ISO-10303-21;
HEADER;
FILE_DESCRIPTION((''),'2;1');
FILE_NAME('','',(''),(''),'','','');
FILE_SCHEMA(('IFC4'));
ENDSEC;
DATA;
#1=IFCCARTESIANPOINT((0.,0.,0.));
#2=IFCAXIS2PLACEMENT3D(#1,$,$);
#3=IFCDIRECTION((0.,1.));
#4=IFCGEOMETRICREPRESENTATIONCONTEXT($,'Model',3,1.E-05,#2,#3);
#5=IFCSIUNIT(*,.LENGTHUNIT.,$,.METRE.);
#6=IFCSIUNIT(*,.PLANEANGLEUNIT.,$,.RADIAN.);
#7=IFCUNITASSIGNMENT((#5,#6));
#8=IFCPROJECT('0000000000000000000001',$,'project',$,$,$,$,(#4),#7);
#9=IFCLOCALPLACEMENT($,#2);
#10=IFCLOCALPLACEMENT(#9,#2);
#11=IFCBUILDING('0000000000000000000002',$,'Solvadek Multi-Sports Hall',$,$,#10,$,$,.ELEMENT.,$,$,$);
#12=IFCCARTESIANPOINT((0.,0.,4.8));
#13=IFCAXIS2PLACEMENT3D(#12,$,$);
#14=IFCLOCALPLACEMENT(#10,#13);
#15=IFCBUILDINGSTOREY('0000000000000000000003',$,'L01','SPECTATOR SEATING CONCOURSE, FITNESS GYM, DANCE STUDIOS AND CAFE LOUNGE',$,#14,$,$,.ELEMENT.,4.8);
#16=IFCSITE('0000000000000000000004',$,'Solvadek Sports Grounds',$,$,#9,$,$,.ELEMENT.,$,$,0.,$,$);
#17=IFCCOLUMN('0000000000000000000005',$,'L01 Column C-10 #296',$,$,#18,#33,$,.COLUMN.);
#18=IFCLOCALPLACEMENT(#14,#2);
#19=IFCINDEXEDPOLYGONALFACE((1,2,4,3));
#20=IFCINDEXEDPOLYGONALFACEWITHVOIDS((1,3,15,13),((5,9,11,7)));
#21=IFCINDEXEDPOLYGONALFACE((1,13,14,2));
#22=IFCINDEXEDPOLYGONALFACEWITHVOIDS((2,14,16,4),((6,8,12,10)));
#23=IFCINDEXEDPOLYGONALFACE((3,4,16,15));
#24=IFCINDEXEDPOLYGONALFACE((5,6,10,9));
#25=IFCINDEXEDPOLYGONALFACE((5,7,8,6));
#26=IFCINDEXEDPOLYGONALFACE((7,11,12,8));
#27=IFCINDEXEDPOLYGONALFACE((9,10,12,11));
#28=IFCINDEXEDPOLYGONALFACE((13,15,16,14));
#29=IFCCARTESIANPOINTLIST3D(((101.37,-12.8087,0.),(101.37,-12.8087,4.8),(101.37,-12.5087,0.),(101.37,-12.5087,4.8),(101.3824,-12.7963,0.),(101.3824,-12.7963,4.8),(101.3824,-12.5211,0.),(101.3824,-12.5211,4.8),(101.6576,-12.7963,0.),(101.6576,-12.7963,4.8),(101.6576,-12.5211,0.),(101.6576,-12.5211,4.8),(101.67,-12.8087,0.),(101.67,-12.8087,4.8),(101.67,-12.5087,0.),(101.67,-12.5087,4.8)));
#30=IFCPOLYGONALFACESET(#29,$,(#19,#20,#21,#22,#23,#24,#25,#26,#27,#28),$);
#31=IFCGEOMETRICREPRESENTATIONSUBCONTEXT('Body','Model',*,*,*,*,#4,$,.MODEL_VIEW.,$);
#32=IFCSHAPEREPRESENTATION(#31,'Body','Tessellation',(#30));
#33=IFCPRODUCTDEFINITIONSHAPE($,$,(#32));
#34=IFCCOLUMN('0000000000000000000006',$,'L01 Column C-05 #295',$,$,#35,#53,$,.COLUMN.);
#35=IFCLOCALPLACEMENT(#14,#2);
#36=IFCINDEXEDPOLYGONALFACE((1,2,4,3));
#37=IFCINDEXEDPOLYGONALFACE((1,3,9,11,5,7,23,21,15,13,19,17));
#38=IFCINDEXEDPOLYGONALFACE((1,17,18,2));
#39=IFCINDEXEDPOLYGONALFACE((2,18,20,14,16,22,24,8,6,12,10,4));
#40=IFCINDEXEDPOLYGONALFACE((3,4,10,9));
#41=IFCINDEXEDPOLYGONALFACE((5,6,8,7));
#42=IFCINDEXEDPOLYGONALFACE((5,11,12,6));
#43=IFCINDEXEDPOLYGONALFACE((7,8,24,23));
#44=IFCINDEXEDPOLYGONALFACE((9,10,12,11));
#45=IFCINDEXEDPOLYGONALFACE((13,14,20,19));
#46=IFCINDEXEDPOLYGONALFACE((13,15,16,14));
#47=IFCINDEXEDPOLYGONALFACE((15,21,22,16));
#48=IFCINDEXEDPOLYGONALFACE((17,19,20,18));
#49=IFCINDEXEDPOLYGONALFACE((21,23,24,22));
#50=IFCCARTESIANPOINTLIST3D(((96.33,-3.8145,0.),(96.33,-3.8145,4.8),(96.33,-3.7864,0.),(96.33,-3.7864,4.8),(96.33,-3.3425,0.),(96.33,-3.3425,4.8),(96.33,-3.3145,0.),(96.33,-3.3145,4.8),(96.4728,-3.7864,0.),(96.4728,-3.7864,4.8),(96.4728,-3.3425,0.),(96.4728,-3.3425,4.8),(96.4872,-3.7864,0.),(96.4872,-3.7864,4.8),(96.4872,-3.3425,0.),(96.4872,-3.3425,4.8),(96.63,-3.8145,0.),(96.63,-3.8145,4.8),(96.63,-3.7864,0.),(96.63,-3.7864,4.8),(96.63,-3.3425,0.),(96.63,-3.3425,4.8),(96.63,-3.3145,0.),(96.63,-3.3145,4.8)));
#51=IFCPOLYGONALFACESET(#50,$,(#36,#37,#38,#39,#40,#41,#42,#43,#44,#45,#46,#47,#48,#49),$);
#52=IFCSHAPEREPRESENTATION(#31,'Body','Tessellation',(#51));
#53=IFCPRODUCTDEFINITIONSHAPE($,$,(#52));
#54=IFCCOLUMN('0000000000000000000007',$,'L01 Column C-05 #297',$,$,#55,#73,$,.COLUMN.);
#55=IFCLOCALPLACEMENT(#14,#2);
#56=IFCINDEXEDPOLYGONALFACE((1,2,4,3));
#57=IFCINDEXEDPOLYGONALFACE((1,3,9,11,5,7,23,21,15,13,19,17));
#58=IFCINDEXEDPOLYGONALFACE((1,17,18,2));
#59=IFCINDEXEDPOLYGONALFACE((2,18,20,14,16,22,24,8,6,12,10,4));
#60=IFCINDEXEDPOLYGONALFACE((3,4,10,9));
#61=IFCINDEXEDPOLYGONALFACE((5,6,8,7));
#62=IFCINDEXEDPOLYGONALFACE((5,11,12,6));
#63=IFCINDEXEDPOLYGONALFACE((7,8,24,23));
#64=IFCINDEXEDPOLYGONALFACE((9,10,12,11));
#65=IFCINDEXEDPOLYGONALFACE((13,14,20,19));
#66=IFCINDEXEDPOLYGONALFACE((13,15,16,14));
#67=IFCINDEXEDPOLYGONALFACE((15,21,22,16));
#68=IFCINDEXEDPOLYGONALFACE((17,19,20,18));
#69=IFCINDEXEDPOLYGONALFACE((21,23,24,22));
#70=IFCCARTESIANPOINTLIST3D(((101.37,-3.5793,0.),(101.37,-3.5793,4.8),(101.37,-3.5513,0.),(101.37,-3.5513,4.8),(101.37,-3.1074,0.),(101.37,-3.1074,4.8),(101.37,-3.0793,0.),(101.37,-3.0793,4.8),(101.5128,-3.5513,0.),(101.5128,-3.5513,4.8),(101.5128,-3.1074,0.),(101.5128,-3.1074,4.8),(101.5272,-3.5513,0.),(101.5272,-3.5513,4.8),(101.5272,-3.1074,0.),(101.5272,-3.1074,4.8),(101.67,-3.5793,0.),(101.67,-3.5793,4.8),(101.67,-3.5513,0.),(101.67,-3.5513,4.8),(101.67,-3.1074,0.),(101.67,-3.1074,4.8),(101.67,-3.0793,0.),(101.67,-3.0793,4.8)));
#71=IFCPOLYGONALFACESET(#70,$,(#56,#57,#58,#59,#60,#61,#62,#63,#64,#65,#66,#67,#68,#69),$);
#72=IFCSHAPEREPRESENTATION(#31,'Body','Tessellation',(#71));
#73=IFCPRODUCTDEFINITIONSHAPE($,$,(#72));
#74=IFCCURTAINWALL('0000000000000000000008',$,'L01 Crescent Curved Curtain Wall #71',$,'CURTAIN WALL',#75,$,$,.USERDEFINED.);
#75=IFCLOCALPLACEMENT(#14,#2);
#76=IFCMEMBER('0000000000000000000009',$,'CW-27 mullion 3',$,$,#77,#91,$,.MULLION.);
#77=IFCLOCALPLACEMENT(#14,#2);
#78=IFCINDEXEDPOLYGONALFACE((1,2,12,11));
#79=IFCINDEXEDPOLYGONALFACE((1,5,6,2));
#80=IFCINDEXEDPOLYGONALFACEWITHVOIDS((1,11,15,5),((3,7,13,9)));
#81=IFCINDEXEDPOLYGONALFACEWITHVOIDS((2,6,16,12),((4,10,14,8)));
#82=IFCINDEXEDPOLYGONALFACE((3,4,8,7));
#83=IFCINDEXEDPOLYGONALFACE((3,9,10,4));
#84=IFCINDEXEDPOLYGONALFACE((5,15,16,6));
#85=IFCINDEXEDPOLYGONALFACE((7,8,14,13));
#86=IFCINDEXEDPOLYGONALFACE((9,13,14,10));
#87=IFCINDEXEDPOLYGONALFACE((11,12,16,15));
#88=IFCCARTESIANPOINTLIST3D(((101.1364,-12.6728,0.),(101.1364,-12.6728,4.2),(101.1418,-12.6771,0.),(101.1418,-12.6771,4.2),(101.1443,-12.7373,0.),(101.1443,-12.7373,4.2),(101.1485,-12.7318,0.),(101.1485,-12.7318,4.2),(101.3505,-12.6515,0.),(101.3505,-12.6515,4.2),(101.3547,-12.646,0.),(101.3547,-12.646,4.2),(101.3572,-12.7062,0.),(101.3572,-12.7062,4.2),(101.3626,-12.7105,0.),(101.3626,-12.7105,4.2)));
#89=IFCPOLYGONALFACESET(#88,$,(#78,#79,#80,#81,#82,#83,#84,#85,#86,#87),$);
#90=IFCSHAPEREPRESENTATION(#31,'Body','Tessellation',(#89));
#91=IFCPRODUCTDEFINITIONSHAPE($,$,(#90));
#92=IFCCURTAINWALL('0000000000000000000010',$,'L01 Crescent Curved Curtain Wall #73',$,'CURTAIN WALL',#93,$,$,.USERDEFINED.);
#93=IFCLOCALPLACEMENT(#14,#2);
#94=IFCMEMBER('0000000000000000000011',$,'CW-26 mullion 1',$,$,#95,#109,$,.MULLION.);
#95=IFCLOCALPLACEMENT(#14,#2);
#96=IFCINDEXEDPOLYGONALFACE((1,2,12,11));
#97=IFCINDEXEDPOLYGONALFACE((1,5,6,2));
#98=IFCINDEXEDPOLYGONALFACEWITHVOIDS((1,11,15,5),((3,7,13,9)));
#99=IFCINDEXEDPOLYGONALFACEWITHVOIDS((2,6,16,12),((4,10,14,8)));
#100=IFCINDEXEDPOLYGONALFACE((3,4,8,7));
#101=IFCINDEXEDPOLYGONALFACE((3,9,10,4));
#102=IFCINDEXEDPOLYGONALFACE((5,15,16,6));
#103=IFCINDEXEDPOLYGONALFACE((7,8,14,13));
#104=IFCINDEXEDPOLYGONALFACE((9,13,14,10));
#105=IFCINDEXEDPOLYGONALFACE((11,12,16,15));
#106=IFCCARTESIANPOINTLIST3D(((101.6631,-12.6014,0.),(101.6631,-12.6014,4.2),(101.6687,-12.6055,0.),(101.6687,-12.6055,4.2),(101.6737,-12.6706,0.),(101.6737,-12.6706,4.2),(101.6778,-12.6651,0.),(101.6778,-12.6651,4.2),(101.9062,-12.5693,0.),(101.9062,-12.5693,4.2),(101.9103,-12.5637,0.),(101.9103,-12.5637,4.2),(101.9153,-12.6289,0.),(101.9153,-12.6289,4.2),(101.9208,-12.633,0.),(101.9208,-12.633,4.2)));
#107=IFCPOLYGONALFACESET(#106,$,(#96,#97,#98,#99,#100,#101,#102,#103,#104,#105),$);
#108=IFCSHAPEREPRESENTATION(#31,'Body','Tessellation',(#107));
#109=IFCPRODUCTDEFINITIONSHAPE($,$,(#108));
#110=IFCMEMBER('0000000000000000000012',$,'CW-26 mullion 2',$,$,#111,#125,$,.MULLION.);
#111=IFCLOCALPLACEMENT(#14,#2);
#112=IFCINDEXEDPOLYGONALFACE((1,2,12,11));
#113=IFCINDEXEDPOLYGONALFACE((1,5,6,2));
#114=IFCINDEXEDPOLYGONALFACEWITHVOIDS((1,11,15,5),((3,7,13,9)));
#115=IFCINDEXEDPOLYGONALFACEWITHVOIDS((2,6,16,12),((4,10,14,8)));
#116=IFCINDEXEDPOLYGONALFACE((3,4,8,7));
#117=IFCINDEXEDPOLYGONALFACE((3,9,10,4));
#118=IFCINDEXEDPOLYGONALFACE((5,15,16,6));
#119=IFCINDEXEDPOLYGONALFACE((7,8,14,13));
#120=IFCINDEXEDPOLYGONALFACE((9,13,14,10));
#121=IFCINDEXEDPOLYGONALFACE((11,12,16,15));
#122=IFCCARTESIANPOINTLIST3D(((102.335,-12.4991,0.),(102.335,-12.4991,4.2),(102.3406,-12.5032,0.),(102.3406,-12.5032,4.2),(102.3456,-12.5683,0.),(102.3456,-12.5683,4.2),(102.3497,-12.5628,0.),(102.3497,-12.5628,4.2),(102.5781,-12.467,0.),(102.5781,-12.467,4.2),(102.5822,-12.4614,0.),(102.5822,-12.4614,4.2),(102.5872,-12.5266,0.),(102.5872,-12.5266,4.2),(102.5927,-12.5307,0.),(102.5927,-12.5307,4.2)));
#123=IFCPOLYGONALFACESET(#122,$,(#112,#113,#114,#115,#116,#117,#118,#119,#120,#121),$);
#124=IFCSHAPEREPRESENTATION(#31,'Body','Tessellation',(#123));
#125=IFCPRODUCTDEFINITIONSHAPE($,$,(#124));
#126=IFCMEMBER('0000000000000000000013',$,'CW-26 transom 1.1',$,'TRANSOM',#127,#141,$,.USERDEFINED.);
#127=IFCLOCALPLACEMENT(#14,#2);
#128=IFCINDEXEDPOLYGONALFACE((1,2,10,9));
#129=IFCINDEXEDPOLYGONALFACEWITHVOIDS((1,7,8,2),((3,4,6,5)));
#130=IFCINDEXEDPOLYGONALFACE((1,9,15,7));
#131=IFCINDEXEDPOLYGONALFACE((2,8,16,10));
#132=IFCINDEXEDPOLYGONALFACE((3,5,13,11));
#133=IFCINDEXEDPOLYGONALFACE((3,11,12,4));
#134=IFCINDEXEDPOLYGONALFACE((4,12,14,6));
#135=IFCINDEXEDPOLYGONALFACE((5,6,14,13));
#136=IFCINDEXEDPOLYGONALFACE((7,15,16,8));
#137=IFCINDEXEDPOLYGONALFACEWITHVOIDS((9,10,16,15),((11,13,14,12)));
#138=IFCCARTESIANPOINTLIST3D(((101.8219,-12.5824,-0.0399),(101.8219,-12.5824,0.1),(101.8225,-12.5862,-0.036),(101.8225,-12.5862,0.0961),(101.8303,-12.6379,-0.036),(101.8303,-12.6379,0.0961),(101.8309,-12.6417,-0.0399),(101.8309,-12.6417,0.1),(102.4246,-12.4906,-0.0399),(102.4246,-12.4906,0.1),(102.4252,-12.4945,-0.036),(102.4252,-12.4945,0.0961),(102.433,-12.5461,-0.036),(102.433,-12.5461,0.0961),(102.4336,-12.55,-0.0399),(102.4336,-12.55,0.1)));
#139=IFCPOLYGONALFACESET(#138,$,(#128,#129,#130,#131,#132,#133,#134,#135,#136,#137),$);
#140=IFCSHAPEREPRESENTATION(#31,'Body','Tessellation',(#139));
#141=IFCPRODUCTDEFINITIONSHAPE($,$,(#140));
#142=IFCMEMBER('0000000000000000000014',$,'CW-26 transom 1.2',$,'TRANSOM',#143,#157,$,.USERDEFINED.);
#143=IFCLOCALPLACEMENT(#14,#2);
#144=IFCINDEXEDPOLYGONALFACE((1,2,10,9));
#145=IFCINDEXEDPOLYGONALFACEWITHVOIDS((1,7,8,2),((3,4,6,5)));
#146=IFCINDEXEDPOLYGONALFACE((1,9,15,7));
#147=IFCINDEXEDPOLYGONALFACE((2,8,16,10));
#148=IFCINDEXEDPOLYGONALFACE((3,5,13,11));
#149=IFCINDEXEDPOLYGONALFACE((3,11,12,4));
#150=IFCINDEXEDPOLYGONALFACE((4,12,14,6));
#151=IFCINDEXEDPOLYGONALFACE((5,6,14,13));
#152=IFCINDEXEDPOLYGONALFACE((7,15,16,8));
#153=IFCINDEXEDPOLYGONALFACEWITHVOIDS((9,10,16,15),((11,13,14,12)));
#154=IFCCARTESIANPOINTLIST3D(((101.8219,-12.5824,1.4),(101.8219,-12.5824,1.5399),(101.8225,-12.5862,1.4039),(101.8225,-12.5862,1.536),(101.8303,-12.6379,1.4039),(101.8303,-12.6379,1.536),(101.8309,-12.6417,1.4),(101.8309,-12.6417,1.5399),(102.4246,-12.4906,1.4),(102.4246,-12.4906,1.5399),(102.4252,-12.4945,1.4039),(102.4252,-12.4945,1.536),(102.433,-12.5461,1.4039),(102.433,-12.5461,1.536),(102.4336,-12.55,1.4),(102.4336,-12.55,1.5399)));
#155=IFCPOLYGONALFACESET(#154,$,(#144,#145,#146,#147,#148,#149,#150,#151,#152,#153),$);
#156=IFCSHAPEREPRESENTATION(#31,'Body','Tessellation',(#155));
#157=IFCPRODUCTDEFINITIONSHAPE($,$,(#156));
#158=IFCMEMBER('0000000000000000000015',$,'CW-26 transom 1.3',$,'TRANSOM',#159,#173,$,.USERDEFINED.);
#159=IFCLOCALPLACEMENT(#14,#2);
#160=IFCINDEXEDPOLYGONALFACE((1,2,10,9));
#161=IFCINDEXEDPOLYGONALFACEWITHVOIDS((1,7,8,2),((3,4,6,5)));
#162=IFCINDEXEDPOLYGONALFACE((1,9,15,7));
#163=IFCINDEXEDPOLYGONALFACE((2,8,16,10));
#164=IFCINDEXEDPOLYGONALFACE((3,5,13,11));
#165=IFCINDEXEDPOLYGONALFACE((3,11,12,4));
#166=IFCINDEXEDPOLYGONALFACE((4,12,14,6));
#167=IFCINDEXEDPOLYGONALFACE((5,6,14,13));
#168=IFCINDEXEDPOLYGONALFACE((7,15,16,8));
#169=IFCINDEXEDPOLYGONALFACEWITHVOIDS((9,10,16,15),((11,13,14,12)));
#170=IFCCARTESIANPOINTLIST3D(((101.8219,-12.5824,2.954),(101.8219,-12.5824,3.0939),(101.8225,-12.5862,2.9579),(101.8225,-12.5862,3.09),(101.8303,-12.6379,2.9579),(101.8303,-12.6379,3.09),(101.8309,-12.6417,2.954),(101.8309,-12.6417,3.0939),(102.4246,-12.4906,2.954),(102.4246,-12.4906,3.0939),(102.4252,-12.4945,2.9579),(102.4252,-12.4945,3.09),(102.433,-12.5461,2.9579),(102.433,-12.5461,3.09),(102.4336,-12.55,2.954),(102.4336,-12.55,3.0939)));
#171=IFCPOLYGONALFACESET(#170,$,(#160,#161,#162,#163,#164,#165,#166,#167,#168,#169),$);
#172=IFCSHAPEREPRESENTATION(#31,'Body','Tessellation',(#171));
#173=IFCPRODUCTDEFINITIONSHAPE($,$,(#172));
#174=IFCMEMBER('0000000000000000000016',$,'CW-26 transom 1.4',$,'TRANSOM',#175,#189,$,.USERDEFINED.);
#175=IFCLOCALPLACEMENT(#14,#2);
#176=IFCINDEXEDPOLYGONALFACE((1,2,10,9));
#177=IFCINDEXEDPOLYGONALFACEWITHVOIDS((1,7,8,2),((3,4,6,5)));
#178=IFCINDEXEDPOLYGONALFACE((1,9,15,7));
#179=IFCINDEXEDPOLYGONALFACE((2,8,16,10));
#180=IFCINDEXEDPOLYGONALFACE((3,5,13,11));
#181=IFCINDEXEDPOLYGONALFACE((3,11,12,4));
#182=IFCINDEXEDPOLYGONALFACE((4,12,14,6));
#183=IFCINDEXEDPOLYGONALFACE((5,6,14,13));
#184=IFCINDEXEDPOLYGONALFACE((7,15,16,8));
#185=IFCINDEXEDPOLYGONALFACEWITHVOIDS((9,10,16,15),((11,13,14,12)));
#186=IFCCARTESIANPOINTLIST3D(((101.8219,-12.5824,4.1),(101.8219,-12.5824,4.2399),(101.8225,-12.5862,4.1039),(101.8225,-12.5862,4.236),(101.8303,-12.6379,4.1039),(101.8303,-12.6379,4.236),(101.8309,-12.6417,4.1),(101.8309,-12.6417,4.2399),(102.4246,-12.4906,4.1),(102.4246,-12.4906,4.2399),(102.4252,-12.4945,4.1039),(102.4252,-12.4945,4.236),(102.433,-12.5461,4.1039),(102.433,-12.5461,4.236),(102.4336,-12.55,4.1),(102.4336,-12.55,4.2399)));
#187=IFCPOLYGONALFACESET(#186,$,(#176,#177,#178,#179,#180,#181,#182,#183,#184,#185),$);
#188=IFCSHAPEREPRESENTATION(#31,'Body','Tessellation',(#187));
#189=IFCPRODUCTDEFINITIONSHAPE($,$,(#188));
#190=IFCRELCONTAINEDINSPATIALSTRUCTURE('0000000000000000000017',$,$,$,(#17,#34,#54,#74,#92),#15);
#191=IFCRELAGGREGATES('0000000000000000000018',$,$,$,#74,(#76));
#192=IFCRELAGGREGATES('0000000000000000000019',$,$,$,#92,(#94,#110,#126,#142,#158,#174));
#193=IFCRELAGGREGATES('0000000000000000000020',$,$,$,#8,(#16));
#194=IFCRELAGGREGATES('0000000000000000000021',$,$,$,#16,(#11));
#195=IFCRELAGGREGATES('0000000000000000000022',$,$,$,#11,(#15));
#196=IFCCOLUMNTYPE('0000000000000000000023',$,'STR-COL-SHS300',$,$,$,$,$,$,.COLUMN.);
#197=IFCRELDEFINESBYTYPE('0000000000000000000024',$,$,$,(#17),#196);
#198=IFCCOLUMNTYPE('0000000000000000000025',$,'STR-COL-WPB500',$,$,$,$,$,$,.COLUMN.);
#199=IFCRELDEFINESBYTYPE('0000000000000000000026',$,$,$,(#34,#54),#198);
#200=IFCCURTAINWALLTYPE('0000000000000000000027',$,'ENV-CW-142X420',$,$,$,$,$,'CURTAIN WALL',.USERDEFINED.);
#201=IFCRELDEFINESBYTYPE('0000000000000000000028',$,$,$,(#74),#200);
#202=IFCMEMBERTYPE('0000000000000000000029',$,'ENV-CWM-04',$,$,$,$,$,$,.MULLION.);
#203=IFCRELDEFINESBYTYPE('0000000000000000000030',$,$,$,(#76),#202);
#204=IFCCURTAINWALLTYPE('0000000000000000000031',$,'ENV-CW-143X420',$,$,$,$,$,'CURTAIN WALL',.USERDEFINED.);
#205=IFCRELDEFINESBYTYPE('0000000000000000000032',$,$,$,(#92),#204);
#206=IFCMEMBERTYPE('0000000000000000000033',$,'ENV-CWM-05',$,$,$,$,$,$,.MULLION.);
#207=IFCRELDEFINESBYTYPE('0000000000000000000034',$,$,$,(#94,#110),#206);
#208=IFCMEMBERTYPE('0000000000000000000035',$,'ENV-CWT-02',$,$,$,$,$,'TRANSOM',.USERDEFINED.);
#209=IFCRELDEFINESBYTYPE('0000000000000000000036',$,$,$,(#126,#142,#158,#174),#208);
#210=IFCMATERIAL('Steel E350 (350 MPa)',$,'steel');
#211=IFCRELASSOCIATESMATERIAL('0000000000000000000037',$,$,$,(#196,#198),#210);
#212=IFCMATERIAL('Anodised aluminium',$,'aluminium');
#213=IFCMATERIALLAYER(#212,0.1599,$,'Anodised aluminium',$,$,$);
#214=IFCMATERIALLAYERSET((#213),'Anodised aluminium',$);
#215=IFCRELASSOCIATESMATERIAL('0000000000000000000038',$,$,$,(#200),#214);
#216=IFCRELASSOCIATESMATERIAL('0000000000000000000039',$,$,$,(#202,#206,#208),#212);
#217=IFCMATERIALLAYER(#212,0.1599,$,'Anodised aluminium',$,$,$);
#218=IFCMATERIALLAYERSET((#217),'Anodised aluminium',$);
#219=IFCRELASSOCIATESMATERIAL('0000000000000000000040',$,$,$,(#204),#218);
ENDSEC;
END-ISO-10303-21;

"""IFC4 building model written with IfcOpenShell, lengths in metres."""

from ifc_helpers import new_model, si_unit, direction, frame, origin, origin_2d, place, context, subcontext, project, spatial, hollow_rectangle, i_section, extrude, material, layer, layer_set, material_profile, profile_set, type_object, element, aggregate, save


model = new_model("IFC4")

# Units and contexts
model_context = context("Model", 3, precision=1e-05, world=origin(), true_north=direction((0.0, 1.0)))
body_context = subcontext(model_context, "Body", "Model", "MODEL_VIEW")
ifc_project = project(units=[si_unit("LENGTHUNIT", "METRE"), si_unit("PLANEANGLEUNIT", "RADIAN")], contexts=[model_context])

# Site, building, storey
site_placement = place(None, origin())
site = spatial("IfcSite", under=ifc_project, at=site_placement, Name="Solvadek Sports Grounds", CompositionType="ELEMENT", RefElevation=0.0)
building_placement = place(site_placement, origin())
building = spatial("IfcBuilding", under=site, at=building_placement, Name="Solvadek Multi-Sports Hall", CompositionType="ELEMENT")
storey_placement = place(building_placement, frame((0.0, 0.0, 4.8)))
storey = spatial("IfcBuildingStorey", under=building, at=storey_placement, Name="L01", Description="SPECTATOR SEATING CONCOURSE, FITNESS GYM, DANCE STUDIOS AND CAFE LOUNGE", CompositionType="ELEMENT", Elevation=4.8)

# Columns
ifc_material_1 = material(Name="Steel E350 (350 MPa)", Category="steel")
ifc_material_profile_1 = material_profile(ifc_material_1, hollow_rectangle(XDim=0.3, YDim=0.3, WallThickness=0.0125, at=origin_2d()), Name="SHS 300x300x12.5")
ifc_profile_set_1 = profile_set([ifc_material_profile_1], Name="Steel E350 (350 MPa)")
column_type_1 = type_object("IfcColumnType", Name="STR-COL-SHS300", PredefinedType="COLUMN", material=ifc_profile_set_1)
column_placement = place(storey_placement, frame((101.52, -12.6587, 0.0), z_axis=(0.0, 0.0, 1.0), x_axis=(1.0, 0.0, 0.0)))
element("IfcColumn", 1, at=column_placement, inside=storey, type_object=column_type_1, Name="L01 Column C-10 #296", PredefinedType="COLUMN", context=body_context, shape_type="SweptSolid", body=[
    extrude(hollow_rectangle(XDim=0.3, YDim=0.3, WallThickness=0.0125, at=origin_2d()), origin(), (0.0, 0.0, 1.0), 4.8),
])
ifc_material_profile_2 = material_profile(ifc_material_1, i_section(OverallWidth=0.3, OverallDepth=0.5, WebThickness=0.0144, FlangeThickness=0.0281, at=origin_2d()), Name="WPB 500")
ifc_profile_set_2 = profile_set([ifc_material_profile_2], Name="Steel E350 (350 MPa)")
column_type_2 = type_object("IfcColumnType", Name="STR-COL-WPB500", PredefinedType="COLUMN", material=ifc_profile_set_2)
for number, where, z_axis, x_axis, name in (
    (2, (96.48, -3.5645, 0.0), (0.0, 0.0, 1.0), (1.0, 0.0, 0.0), "L01 Column C-05 #295"),
    (3, (101.52, -3.3293, 0.0), (0.0, 0.0, 1.0), (1.0, 0.0, 0.0), "L01 Column C-05 #297"),
):
    element("IfcColumn", number, at=place(storey_placement, frame(where, z_axis=z_axis, x_axis=x_axis)), inside=storey, type_object=column_type_2, Name=name, PredefinedType="COLUMN", context=body_context, shape_type="SweptSolid", body=[
        extrude(i_section(OverallWidth=0.3, OverallDepth=0.5, WebThickness=0.0144, FlangeThickness=0.0281, at=origin_2d()), origin(), (0.0, 0.0, 1.0), 4.8),
    ])

# Curtain wall, member
ifc_material_2 = material(Name="Anodised aluminium", Category="aluminium")
ifc_layer_1 = layer(ifc_material_2, 0.1599, Name="Anodised aluminium")
ifc_layer_set_1 = layer_set([ifc_layer_1], Name="Anodised aluminium")
curtain_wall_type_1 = type_object("IfcCurtainWallType", Name="ENV-CW-142X420", ElementType="CURTAIN WALL", PredefinedType="USERDEFINED", material=ifc_layer_set_1)
curtain_wall_1_placement = place(storey_placement, origin())
curtain_wall_1 = element("IfcCurtainWall", 4, at=curtain_wall_1_placement, inside=storey, type_object=curtain_wall_type_1, Name="L01 Crescent Curved Curtain Wall #71", ObjectType="CURTAIN WALL", PredefinedType="USERDEFINED")
ifc_material_profile_3 = material_profile(ifc_material_2, hollow_rectangle(XDim=0.0649, YDim=0.22, WallThickness=0.0049, at=origin_2d()), Name="ALU-M 220x65x5")
ifc_profile_set_3 = profile_set([ifc_material_profile_3], Name="Anodised aluminium")
member_type_1 = type_object("IfcMemberType", Name="ENV-CWM-04", PredefinedType="MULLION", material=ifc_profile_set_3)
member_1_placement = place(storey_placement, frame((101.2495, -12.6917, 0.0), z_axis=(0.0, 0.0, 1.0), x_axis=(-0.121681, 0.992569, 0.0)))
member_1 = element("IfcMember", 5, at=member_1_placement, type_object=member_type_1, Name="CW-27 mullion 3", PredefinedType="MULLION", context=body_context, shape_type="SweptSolid", body=[
    extrude(hollow_rectangle(XDim=0.0649, YDim=0.22, WallThickness=0.0049, at=origin_2d()), origin(), (0.0, 0.0, 1.0), 4.2),
])

# Curtain wall, members
ifc_layer_2 = layer(ifc_material_2, 0.1599, Name="Anodised aluminium")
ifc_layer_set_2 = layer_set([ifc_layer_2], Name="Anodised aluminium")
curtain_wall_type_2 = type_object("IfcCurtainWallType", Name="ENV-CW-143X420", ElementType="CURTAIN WALL", PredefinedType="USERDEFINED", material=ifc_layer_set_2)
curtain_wall_2_placement = place(storey_placement, origin())
curtain_wall_2 = element("IfcCurtainWall", 6, at=curtain_wall_2_placement, inside=storey, type_object=curtain_wall_type_2, Name="L01 Crescent Curved Curtain Wall #73", ObjectType="CURTAIN WALL", PredefinedType="USERDEFINED")
ifc_material_profile_4 = material_profile(ifc_material_2, hollow_rectangle(XDim=0.0701, YDim=0.25, WallThickness=0.0049, at=origin_2d()), Name="ALU-M 250x70x5")
ifc_profile_set_4 = profile_set([ifc_material_profile_4], Name="Anodised aluminium")
member_type_2 = type_object("IfcMemberType", Name="ENV-CWM-05", PredefinedType="MULLION", material=ifc_profile_set_4)
member_2_placement = place(storey_placement, frame((101.792, -12.6172, 0.0), z_axis=(0.0, 0.0, 1.0), x_axis=(-0.150564, 0.9886, 0.0)))
member_2 = element("IfcMember", 7, at=member_2_placement, type_object=member_type_2, Name="CW-26 mullion 1", PredefinedType="MULLION", context=body_context, shape_type="SweptSolid", body=[
    extrude(hollow_rectangle(XDim=0.0701, YDim=0.25, WallThickness=0.0049, at=origin_2d()), origin(), (0.0, 0.0, 1.0), 4.2),
])
member_3_placement = place(storey_placement, frame((102.4639, -12.5149, 0.0), z_axis=(0.0, 0.0, 1.0), x_axis=(-0.150564, 0.9886, 0.0)))
member_3 = element("IfcMember", 8, at=member_3_placement, type_object=member_type_2, Name="CW-26 mullion 2", PredefinedType="MULLION", context=body_context, shape_type="SweptSolid", body=[
    extrude(hollow_rectangle(XDim=0.0701, YDim=0.25, WallThickness=0.0049, at=origin_2d()), origin(), (0.0, 0.0, 1.0), 4.2),
])
ifc_material_profile_5 = material_profile(ifc_material_2, hollow_rectangle(XDim=0.0601, YDim=0.1399, WallThickness=0.0039, at=origin_2d()), Name="ALU-T 140x60x4")
ifc_profile_set_5 = profile_set([ifc_material_profile_5], Name="Anodised aluminium")
member_type_3 = type_object("IfcMemberType", Name="ENV-CWT-02", ElementType="TRANSOM", PredefinedType="USERDEFINED", material=ifc_profile_set_5)
member_4_placement = place(storey_placement, frame((101.8264, -12.6121, 0.03), z_axis=(0.988602, 0.150553, 0.0), x_axis=(-0.150553, 0.988602, 0.0)))
member_4 = element("IfcMember", 9, at=member_4_placement, type_object=member_type_3, Name="CW-26 transom 1.1", ObjectType="TRANSOM", PredefinedType="USERDEFINED", context=body_context, shape_type="SweptSolid", body=[
    extrude(hollow_rectangle(XDim=0.0601, YDim=0.1399, WallThickness=0.0039, at=origin_2d()), origin(), (0.0, 0.0, 1.0), 0.6096),
])
member_5_placement = place(storey_placement, frame((101.8264, -12.6121, 1.47), z_axis=(0.988602, 0.150553, 0.0), x_axis=(-0.150553, 0.988602, 0.0)))
member_5 = element("IfcMember", 10, at=member_5_placement, type_object=member_type_3, Name="CW-26 transom 1.2", ObjectType="TRANSOM", PredefinedType="USERDEFINED", context=body_context, shape_type="SweptSolid", body=[
    extrude(hollow_rectangle(XDim=0.0601, YDim=0.1399, WallThickness=0.0039, at=origin_2d()), origin(), (0.0, 0.0, 1.0), 0.6096),
])
member_6_placement = place(storey_placement, frame((101.8264, -12.6121, 3.0239), z_axis=(0.988602, 0.150553, 0.0), x_axis=(-0.150553, 0.988602, 0.0)))
member_6 = element("IfcMember", 11, at=member_6_placement, type_object=member_type_3, Name="CW-26 transom 1.3", ObjectType="TRANSOM", PredefinedType="USERDEFINED", context=body_context, shape_type="SweptSolid", body=[
    extrude(hollow_rectangle(XDim=0.0601, YDim=0.1399, WallThickness=0.0039, at=origin_2d()), origin(), (0.0, 0.0, 1.0), 0.6096),
])
member_7_placement = place(storey_placement, frame((101.8264, -12.6121, 4.1699), z_axis=(0.988602, 0.150553, 0.0), x_axis=(-0.150553, 0.988602, 0.0)))
member_7 = element("IfcMember", 12, at=member_7_placement, type_object=member_type_3, Name="CW-26 transom 1.4", ObjectType="TRANSOM", PredefinedType="USERDEFINED", context=body_context, shape_type="SweptSolid", body=[
    extrude(hollow_rectangle(XDim=0.0601, YDim=0.1399, WallThickness=0.0039, at=origin_2d()), origin(), (0.0, 0.0, 1.0), 0.6096),
])

aggregate(curtain_wall_1, [member_1])
aggregate(curtain_wall_2, [member_2, member_3, member_4, member_5, member_6, member_7])

save(model, "model.ifc")
